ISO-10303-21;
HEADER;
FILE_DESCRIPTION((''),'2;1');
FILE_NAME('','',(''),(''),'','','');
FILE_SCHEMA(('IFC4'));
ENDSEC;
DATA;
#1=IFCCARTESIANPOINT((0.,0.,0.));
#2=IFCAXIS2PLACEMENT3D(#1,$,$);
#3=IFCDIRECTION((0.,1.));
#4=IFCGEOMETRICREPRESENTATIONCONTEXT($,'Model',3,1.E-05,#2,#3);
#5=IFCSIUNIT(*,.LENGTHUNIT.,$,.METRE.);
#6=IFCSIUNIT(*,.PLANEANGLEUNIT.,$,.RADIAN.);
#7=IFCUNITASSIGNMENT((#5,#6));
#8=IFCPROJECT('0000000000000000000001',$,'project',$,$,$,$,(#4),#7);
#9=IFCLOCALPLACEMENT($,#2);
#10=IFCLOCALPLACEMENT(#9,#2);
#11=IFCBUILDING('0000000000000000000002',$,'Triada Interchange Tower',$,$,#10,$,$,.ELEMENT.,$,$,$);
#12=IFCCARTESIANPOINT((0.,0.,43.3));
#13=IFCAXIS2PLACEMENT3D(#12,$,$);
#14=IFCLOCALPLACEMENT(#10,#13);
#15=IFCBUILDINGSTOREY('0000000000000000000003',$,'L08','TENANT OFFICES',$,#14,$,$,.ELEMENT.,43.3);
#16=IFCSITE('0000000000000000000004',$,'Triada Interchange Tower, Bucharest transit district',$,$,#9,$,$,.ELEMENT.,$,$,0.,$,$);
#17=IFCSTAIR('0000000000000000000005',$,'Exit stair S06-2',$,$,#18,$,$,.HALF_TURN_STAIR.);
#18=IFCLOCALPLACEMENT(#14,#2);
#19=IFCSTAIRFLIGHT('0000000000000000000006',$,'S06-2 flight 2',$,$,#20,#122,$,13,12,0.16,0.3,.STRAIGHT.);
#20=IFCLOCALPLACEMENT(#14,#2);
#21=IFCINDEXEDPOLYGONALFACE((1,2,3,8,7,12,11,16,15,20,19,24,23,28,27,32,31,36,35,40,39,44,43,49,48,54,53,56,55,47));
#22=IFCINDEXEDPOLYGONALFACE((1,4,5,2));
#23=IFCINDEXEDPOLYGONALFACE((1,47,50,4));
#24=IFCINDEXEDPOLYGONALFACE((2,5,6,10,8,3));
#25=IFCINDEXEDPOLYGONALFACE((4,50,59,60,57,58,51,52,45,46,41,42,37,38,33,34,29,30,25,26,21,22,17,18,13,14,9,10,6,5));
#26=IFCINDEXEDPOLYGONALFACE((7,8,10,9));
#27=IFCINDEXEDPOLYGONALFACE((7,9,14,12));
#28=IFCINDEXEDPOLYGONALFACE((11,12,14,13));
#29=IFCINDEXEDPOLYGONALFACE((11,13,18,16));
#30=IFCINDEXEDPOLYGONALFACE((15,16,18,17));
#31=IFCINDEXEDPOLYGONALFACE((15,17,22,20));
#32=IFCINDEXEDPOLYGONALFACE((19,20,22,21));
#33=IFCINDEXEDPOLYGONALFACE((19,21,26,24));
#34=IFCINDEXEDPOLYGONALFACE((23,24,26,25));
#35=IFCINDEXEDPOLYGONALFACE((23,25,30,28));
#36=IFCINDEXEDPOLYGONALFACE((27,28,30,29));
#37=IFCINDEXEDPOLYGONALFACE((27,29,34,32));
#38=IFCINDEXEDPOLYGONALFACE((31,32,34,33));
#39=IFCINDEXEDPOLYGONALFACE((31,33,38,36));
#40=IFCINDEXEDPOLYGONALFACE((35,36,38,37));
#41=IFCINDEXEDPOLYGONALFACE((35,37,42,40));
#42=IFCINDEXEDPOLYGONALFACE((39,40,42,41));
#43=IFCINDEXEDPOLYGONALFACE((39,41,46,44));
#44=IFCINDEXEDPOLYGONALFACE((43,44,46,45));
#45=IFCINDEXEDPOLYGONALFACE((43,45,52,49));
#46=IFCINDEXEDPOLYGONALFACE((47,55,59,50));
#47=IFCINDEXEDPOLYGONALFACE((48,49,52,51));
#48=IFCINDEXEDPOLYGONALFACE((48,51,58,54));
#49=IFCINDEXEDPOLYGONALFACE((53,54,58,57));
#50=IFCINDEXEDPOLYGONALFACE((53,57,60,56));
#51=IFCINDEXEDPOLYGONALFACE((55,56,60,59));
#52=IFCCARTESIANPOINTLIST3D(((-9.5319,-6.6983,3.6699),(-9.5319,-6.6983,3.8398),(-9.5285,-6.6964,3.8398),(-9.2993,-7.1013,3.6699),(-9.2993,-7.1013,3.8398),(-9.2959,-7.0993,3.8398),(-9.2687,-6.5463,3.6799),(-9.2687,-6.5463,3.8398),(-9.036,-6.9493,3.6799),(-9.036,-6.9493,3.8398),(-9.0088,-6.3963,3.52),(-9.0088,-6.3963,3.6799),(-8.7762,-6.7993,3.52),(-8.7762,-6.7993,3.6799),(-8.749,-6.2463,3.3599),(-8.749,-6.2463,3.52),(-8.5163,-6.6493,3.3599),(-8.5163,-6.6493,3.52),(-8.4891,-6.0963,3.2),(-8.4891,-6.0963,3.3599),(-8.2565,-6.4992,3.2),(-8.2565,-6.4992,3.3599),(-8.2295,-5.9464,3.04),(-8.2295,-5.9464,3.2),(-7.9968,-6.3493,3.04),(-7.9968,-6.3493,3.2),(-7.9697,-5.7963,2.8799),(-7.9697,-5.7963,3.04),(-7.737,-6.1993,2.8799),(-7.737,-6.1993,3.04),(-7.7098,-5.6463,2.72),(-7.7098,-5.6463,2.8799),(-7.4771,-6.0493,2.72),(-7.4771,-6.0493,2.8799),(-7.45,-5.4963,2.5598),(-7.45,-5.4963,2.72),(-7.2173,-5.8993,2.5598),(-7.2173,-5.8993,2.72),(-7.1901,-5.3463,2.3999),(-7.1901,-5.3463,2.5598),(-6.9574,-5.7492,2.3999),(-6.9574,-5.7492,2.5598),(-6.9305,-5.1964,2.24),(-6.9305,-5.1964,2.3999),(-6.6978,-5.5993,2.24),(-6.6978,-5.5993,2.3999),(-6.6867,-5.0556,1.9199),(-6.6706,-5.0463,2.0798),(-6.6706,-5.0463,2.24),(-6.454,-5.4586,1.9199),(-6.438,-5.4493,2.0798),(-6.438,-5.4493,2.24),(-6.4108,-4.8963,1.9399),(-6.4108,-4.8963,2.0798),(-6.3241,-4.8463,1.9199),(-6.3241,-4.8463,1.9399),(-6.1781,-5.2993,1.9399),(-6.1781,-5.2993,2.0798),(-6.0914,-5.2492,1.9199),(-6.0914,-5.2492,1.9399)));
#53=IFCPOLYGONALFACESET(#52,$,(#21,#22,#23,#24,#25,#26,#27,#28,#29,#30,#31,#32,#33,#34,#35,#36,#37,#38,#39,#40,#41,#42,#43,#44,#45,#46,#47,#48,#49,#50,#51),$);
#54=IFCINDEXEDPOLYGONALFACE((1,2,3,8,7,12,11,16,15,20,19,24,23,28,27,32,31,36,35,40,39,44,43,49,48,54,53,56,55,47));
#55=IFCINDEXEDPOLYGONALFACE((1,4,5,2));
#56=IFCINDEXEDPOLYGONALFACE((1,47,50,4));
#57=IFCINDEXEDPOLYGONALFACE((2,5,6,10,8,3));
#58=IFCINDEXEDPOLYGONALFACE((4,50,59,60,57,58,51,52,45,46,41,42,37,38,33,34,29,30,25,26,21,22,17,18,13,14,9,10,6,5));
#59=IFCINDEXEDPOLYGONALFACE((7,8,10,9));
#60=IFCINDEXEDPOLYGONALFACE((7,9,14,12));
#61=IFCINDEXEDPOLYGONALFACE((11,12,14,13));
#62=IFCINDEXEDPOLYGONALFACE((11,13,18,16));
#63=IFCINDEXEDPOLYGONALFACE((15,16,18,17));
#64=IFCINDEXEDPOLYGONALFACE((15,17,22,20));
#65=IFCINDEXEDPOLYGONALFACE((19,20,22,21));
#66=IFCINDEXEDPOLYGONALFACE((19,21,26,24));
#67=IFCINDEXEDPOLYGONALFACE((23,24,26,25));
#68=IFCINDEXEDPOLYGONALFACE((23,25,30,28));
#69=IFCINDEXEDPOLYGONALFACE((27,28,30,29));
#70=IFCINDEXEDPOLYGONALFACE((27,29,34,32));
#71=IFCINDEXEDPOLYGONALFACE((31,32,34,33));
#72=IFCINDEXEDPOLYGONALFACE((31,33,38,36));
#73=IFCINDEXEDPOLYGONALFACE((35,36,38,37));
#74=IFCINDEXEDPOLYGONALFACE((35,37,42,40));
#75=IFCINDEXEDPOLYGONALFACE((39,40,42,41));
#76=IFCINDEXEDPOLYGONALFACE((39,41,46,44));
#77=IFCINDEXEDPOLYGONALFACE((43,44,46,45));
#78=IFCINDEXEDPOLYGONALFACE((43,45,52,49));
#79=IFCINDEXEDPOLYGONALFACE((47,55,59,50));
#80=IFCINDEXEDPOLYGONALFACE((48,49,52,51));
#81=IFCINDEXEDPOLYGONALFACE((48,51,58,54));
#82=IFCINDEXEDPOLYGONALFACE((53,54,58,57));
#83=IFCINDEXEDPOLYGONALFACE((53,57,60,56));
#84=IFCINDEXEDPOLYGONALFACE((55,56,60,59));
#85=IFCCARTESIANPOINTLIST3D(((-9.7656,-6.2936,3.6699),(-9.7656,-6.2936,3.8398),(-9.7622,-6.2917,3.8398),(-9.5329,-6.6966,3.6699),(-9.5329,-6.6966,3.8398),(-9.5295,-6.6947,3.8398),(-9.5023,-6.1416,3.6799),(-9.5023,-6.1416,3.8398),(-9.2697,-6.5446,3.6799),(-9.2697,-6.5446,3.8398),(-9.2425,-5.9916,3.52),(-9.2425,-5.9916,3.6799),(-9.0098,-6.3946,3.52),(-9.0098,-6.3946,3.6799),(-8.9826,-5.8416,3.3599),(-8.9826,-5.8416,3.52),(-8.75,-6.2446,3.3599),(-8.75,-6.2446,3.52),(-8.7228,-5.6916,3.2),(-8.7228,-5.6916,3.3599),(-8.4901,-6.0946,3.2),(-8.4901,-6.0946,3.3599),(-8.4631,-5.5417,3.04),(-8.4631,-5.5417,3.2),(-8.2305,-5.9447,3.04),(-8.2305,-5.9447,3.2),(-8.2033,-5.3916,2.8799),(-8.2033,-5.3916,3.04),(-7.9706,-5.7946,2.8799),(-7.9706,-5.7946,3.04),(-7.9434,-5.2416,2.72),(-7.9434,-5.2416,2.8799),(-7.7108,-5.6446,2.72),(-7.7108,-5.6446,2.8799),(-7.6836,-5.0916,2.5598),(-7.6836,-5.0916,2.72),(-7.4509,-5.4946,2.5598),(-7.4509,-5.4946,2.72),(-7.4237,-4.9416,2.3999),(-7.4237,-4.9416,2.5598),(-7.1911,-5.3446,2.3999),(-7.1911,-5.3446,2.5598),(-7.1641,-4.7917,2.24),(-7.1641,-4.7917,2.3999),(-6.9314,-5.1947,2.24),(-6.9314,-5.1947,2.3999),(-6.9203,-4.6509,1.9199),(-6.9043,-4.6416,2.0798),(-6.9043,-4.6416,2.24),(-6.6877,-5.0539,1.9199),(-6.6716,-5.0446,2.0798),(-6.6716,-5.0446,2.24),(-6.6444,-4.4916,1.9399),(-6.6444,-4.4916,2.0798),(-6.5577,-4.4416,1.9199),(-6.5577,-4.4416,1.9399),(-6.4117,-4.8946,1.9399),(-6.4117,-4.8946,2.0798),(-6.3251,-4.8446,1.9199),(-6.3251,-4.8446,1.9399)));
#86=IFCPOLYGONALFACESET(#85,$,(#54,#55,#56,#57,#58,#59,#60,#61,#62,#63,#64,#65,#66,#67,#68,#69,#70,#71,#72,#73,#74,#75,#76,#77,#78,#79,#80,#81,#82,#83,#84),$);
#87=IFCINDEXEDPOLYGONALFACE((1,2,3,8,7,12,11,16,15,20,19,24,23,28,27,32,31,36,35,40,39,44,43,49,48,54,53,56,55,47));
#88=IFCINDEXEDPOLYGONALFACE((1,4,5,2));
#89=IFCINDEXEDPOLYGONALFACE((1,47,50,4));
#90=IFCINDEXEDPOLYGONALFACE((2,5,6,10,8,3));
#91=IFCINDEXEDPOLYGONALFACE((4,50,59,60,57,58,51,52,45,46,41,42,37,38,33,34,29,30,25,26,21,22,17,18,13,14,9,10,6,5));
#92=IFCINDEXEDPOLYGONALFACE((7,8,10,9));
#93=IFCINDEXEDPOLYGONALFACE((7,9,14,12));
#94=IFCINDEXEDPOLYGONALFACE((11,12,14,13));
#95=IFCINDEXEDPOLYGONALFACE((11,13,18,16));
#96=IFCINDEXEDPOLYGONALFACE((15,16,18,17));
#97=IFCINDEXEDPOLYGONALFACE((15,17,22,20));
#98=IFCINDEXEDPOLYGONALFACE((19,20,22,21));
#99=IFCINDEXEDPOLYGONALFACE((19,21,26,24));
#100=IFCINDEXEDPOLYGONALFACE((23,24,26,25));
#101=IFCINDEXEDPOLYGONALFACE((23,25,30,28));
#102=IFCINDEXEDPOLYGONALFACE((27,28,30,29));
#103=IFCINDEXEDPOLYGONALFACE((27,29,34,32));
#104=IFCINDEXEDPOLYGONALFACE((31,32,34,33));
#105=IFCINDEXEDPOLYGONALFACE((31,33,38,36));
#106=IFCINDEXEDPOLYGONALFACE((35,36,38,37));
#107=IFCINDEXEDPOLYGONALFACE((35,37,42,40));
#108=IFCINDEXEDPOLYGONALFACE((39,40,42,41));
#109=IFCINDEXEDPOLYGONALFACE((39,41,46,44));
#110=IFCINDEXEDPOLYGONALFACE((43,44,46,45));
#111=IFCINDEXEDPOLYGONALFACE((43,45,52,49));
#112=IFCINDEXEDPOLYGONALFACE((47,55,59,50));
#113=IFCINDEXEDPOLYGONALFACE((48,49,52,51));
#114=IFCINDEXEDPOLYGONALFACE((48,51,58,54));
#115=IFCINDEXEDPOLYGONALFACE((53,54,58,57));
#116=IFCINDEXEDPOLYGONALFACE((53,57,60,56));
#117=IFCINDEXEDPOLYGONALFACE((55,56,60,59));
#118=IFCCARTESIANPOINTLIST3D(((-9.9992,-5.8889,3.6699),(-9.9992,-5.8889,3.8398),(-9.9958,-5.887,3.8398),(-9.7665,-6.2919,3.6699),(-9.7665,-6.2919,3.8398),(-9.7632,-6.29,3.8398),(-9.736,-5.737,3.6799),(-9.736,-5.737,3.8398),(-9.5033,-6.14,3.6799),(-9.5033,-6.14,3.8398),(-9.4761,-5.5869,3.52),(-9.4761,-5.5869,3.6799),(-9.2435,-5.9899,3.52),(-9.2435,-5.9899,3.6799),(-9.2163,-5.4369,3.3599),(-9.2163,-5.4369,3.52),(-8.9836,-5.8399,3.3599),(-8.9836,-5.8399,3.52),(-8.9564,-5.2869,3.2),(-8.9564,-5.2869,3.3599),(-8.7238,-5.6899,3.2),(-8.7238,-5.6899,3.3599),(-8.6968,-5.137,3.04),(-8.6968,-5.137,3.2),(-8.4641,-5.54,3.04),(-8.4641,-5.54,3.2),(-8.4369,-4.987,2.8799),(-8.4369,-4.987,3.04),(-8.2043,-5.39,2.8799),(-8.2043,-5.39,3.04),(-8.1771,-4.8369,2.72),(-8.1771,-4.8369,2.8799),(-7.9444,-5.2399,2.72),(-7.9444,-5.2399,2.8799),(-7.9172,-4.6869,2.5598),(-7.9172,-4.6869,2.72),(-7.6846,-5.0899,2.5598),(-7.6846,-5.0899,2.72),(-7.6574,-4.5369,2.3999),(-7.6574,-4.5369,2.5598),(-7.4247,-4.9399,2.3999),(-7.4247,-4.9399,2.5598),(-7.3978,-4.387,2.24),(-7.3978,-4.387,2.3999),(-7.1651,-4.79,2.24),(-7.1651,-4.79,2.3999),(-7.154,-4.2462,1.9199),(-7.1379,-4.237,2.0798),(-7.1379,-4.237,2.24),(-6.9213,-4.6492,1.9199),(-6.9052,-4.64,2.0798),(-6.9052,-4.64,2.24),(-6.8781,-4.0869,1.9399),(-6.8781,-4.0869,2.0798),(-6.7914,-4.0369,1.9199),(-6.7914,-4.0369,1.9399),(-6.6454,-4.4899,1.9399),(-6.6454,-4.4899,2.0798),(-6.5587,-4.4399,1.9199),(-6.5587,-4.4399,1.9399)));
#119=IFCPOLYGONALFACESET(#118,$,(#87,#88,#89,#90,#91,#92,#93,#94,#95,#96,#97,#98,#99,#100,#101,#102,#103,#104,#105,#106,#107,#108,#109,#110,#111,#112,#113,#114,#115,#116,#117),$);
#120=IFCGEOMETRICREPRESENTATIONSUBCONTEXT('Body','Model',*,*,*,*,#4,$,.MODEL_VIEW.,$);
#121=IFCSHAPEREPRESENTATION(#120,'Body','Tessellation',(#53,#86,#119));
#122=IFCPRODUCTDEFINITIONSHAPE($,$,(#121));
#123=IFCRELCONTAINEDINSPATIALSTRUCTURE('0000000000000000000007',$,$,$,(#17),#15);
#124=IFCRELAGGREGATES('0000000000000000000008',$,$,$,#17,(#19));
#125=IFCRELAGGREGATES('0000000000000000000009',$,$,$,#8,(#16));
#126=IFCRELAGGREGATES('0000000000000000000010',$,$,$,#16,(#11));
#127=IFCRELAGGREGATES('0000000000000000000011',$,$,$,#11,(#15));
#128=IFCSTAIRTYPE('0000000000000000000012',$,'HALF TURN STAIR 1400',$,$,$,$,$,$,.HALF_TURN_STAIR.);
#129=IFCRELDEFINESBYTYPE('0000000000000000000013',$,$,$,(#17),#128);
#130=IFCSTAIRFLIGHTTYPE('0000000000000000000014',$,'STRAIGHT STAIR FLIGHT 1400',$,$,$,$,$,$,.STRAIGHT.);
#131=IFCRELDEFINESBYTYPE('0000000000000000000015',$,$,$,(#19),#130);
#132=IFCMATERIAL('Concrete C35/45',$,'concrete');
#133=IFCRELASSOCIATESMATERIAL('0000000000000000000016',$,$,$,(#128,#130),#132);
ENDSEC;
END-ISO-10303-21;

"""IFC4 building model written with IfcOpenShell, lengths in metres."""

from ifc_helpers import new_model, si_unit, direction, frame, origin, place, context, subcontext, project, spatial, polyline, outline, extrude, material, type_object, element, aggregate, save


model = new_model("IFC4")

# Units and contexts
model_context = context("Model", 3, precision=1e-05, world=origin(), true_north=direction((0.0, 1.0)))
body_context = subcontext(model_context, "Body", "Model", "MODEL_VIEW")
ifc_project = project(units=[si_unit("LENGTHUNIT", "METRE"), si_unit("PLANEANGLEUNIT", "RADIAN")], contexts=[model_context])

# Site, building, storey
site_placement = place(None, origin())
site = spatial("IfcSite", under=ifc_project, at=site_placement, Name="Triada Interchange Tower, Bucharest transit district", CompositionType="ELEMENT", RefElevation=0.0)
building_placement = place(site_placement, origin())
building = spatial("IfcBuilding", under=site, at=building_placement, Name="Triada Interchange Tower", CompositionType="ELEMENT")
storey_placement = place(building_placement, frame((0.0, 0.0, 43.3)))
storey = spatial("IfcBuildingStorey", under=building, at=storey_placement, Name="L08", Description="TENANT OFFICES", CompositionType="ELEMENT", Elevation=43.3)

# Stair, stair flight
ifc_material_1 = material(Name="Concrete C35/45", Category="concrete")
stair_type = type_object("IfcStairType", Name="HALF TURN STAIR 1400", PredefinedType="HALF_TURN_STAIR", material=ifc_material_1)
stair_placement = place(storey_placement, origin())
stair = element("IfcStair", 1, at=stair_placement, inside=storey, type_object=stair_type, Name="Exit stair S06-2", PredefinedType="HALF_TURN_STAIR")
stair_flight_type = type_object("IfcStairFlightType", Name="STRAIGHT STAIR FLIGHT 1400", PredefinedType="STRAIGHT", material=ifc_material_1)
stair_flight_1_placement = place(storey_placement, frame((-6.5281, -4.6931, 1.9199), z_axis=(0.0, 0.0, 1.0), x_axis=(-0.866025, -0.5, 0.0)))
stair_flight_1 = element("IfcStairFlight", 2, at=stair_flight_1_placement, type_object=stair_flight_type, Name="S06-2 flight 2", NumberOfRisers=13, NumberOfTreads=12, PredefinedType="STRAIGHT", RiserHeight=0.16, TreadLength=0.3, context=body_context, shape_type="SweptSolid", body=[
    extrude(outline(polyline([(-0.1001, 0.0), (-0.1001, 0.02), (0.0, 0.02), (0.0, 0.1599), (0.3, 0.1599), (0.3, 0.3201), (0.6001, 0.3201), (0.6001, 0.48), (0.8999, 0.48), (0.8999, 0.6399), (1.2, 0.6399), (1.2, 0.8), (1.5, 0.8), (1.5, 0.96), (1.8, 0.96), (1.8, 1.1201), (2.1001, 1.1201), (2.1001, 1.28), (2.3999, 1.28), (2.3999, 1.4399), (2.7, 1.4399), (2.7, 1.6001), (3.0, 1.6001), (3.0, 1.76), (3.3, 1.76), (3.3, 1.9199), (3.6001, 1.9199), (3.604, 1.9199), (3.604, 2.0801), (3.604, 1.75), (0.3186, 0.0), (-0.1001, 0.0)])), frame((0.0, 0.7, 0.0), z_axis=(0.0, -1.0, 0.0), x_axis=(1.0, 0.0, 0.0)), (0.0, 0.0, 1.0), 0.4653),
    extrude(outline(polyline([(-0.1001, 0.0), (-0.1001, 0.02), (0.0, 0.02), (0.0, 0.1599), (0.3, 0.1599), (0.3, 0.3201), (0.6001, 0.3201), (0.6001, 0.48), (0.8999, 0.48), (0.8999, 0.6399), (1.2, 0.6399), (1.2, 0.8), (1.5, 0.8), (1.5, 0.96), (1.8, 0.96), (1.8, 1.1201), (2.1001, 1.1201), (2.1001, 1.28), (2.3999, 1.28), (2.3999, 1.4399), (2.7, 1.4399), (2.7, 1.6001), (3.0, 1.6001), (3.0, 1.76), (3.3, 1.76), (3.3, 1.9199), (3.6001, 1.9199), (3.604, 1.9199), (3.604, 2.0801), (3.604, 1.75), (0.3186, 0.0), (-0.1001, 0.0)])), frame((0.0, 0.2327, 0.0), z_axis=(0.0, -1.0, 0.0), x_axis=(1.0, 0.0, 0.0)), (0.0, 0.0, 1.0), 0.4653),
    extrude(outline(polyline([(-0.1001, 0.0), (-0.1001, 0.02), (0.0, 0.02), (0.0, 0.1599), (0.3, 0.1599), (0.3, 0.3201), (0.6001, 0.3201), (0.6001, 0.48), (0.8999, 0.48), (0.8999, 0.6399), (1.2, 0.6399), (1.2, 0.8), (1.5, 0.8), (1.5, 0.96), (1.8, 0.96), (1.8, 1.1201), (2.1001, 1.1201), (2.1001, 1.28), (2.3999, 1.28), (2.3999, 1.4399), (2.7, 1.4399), (2.7, 1.6001), (3.0, 1.6001), (3.0, 1.76), (3.3, 1.76), (3.3, 1.9199), (3.6001, 1.9199), (3.604, 1.9199), (3.604, 2.0801), (3.604, 1.75), (0.3186, 0.0), (-0.1001, 0.0)])), frame((0.0, -0.2346, 0.0), z_axis=(0.0, -1.0, 0.0), x_axis=(1.0, 0.0, 0.0)), (0.0, 0.0, 1.0), 0.4653),
])
aggregate(stair, [stair_flight_1])

save(model, "model.ifc")
